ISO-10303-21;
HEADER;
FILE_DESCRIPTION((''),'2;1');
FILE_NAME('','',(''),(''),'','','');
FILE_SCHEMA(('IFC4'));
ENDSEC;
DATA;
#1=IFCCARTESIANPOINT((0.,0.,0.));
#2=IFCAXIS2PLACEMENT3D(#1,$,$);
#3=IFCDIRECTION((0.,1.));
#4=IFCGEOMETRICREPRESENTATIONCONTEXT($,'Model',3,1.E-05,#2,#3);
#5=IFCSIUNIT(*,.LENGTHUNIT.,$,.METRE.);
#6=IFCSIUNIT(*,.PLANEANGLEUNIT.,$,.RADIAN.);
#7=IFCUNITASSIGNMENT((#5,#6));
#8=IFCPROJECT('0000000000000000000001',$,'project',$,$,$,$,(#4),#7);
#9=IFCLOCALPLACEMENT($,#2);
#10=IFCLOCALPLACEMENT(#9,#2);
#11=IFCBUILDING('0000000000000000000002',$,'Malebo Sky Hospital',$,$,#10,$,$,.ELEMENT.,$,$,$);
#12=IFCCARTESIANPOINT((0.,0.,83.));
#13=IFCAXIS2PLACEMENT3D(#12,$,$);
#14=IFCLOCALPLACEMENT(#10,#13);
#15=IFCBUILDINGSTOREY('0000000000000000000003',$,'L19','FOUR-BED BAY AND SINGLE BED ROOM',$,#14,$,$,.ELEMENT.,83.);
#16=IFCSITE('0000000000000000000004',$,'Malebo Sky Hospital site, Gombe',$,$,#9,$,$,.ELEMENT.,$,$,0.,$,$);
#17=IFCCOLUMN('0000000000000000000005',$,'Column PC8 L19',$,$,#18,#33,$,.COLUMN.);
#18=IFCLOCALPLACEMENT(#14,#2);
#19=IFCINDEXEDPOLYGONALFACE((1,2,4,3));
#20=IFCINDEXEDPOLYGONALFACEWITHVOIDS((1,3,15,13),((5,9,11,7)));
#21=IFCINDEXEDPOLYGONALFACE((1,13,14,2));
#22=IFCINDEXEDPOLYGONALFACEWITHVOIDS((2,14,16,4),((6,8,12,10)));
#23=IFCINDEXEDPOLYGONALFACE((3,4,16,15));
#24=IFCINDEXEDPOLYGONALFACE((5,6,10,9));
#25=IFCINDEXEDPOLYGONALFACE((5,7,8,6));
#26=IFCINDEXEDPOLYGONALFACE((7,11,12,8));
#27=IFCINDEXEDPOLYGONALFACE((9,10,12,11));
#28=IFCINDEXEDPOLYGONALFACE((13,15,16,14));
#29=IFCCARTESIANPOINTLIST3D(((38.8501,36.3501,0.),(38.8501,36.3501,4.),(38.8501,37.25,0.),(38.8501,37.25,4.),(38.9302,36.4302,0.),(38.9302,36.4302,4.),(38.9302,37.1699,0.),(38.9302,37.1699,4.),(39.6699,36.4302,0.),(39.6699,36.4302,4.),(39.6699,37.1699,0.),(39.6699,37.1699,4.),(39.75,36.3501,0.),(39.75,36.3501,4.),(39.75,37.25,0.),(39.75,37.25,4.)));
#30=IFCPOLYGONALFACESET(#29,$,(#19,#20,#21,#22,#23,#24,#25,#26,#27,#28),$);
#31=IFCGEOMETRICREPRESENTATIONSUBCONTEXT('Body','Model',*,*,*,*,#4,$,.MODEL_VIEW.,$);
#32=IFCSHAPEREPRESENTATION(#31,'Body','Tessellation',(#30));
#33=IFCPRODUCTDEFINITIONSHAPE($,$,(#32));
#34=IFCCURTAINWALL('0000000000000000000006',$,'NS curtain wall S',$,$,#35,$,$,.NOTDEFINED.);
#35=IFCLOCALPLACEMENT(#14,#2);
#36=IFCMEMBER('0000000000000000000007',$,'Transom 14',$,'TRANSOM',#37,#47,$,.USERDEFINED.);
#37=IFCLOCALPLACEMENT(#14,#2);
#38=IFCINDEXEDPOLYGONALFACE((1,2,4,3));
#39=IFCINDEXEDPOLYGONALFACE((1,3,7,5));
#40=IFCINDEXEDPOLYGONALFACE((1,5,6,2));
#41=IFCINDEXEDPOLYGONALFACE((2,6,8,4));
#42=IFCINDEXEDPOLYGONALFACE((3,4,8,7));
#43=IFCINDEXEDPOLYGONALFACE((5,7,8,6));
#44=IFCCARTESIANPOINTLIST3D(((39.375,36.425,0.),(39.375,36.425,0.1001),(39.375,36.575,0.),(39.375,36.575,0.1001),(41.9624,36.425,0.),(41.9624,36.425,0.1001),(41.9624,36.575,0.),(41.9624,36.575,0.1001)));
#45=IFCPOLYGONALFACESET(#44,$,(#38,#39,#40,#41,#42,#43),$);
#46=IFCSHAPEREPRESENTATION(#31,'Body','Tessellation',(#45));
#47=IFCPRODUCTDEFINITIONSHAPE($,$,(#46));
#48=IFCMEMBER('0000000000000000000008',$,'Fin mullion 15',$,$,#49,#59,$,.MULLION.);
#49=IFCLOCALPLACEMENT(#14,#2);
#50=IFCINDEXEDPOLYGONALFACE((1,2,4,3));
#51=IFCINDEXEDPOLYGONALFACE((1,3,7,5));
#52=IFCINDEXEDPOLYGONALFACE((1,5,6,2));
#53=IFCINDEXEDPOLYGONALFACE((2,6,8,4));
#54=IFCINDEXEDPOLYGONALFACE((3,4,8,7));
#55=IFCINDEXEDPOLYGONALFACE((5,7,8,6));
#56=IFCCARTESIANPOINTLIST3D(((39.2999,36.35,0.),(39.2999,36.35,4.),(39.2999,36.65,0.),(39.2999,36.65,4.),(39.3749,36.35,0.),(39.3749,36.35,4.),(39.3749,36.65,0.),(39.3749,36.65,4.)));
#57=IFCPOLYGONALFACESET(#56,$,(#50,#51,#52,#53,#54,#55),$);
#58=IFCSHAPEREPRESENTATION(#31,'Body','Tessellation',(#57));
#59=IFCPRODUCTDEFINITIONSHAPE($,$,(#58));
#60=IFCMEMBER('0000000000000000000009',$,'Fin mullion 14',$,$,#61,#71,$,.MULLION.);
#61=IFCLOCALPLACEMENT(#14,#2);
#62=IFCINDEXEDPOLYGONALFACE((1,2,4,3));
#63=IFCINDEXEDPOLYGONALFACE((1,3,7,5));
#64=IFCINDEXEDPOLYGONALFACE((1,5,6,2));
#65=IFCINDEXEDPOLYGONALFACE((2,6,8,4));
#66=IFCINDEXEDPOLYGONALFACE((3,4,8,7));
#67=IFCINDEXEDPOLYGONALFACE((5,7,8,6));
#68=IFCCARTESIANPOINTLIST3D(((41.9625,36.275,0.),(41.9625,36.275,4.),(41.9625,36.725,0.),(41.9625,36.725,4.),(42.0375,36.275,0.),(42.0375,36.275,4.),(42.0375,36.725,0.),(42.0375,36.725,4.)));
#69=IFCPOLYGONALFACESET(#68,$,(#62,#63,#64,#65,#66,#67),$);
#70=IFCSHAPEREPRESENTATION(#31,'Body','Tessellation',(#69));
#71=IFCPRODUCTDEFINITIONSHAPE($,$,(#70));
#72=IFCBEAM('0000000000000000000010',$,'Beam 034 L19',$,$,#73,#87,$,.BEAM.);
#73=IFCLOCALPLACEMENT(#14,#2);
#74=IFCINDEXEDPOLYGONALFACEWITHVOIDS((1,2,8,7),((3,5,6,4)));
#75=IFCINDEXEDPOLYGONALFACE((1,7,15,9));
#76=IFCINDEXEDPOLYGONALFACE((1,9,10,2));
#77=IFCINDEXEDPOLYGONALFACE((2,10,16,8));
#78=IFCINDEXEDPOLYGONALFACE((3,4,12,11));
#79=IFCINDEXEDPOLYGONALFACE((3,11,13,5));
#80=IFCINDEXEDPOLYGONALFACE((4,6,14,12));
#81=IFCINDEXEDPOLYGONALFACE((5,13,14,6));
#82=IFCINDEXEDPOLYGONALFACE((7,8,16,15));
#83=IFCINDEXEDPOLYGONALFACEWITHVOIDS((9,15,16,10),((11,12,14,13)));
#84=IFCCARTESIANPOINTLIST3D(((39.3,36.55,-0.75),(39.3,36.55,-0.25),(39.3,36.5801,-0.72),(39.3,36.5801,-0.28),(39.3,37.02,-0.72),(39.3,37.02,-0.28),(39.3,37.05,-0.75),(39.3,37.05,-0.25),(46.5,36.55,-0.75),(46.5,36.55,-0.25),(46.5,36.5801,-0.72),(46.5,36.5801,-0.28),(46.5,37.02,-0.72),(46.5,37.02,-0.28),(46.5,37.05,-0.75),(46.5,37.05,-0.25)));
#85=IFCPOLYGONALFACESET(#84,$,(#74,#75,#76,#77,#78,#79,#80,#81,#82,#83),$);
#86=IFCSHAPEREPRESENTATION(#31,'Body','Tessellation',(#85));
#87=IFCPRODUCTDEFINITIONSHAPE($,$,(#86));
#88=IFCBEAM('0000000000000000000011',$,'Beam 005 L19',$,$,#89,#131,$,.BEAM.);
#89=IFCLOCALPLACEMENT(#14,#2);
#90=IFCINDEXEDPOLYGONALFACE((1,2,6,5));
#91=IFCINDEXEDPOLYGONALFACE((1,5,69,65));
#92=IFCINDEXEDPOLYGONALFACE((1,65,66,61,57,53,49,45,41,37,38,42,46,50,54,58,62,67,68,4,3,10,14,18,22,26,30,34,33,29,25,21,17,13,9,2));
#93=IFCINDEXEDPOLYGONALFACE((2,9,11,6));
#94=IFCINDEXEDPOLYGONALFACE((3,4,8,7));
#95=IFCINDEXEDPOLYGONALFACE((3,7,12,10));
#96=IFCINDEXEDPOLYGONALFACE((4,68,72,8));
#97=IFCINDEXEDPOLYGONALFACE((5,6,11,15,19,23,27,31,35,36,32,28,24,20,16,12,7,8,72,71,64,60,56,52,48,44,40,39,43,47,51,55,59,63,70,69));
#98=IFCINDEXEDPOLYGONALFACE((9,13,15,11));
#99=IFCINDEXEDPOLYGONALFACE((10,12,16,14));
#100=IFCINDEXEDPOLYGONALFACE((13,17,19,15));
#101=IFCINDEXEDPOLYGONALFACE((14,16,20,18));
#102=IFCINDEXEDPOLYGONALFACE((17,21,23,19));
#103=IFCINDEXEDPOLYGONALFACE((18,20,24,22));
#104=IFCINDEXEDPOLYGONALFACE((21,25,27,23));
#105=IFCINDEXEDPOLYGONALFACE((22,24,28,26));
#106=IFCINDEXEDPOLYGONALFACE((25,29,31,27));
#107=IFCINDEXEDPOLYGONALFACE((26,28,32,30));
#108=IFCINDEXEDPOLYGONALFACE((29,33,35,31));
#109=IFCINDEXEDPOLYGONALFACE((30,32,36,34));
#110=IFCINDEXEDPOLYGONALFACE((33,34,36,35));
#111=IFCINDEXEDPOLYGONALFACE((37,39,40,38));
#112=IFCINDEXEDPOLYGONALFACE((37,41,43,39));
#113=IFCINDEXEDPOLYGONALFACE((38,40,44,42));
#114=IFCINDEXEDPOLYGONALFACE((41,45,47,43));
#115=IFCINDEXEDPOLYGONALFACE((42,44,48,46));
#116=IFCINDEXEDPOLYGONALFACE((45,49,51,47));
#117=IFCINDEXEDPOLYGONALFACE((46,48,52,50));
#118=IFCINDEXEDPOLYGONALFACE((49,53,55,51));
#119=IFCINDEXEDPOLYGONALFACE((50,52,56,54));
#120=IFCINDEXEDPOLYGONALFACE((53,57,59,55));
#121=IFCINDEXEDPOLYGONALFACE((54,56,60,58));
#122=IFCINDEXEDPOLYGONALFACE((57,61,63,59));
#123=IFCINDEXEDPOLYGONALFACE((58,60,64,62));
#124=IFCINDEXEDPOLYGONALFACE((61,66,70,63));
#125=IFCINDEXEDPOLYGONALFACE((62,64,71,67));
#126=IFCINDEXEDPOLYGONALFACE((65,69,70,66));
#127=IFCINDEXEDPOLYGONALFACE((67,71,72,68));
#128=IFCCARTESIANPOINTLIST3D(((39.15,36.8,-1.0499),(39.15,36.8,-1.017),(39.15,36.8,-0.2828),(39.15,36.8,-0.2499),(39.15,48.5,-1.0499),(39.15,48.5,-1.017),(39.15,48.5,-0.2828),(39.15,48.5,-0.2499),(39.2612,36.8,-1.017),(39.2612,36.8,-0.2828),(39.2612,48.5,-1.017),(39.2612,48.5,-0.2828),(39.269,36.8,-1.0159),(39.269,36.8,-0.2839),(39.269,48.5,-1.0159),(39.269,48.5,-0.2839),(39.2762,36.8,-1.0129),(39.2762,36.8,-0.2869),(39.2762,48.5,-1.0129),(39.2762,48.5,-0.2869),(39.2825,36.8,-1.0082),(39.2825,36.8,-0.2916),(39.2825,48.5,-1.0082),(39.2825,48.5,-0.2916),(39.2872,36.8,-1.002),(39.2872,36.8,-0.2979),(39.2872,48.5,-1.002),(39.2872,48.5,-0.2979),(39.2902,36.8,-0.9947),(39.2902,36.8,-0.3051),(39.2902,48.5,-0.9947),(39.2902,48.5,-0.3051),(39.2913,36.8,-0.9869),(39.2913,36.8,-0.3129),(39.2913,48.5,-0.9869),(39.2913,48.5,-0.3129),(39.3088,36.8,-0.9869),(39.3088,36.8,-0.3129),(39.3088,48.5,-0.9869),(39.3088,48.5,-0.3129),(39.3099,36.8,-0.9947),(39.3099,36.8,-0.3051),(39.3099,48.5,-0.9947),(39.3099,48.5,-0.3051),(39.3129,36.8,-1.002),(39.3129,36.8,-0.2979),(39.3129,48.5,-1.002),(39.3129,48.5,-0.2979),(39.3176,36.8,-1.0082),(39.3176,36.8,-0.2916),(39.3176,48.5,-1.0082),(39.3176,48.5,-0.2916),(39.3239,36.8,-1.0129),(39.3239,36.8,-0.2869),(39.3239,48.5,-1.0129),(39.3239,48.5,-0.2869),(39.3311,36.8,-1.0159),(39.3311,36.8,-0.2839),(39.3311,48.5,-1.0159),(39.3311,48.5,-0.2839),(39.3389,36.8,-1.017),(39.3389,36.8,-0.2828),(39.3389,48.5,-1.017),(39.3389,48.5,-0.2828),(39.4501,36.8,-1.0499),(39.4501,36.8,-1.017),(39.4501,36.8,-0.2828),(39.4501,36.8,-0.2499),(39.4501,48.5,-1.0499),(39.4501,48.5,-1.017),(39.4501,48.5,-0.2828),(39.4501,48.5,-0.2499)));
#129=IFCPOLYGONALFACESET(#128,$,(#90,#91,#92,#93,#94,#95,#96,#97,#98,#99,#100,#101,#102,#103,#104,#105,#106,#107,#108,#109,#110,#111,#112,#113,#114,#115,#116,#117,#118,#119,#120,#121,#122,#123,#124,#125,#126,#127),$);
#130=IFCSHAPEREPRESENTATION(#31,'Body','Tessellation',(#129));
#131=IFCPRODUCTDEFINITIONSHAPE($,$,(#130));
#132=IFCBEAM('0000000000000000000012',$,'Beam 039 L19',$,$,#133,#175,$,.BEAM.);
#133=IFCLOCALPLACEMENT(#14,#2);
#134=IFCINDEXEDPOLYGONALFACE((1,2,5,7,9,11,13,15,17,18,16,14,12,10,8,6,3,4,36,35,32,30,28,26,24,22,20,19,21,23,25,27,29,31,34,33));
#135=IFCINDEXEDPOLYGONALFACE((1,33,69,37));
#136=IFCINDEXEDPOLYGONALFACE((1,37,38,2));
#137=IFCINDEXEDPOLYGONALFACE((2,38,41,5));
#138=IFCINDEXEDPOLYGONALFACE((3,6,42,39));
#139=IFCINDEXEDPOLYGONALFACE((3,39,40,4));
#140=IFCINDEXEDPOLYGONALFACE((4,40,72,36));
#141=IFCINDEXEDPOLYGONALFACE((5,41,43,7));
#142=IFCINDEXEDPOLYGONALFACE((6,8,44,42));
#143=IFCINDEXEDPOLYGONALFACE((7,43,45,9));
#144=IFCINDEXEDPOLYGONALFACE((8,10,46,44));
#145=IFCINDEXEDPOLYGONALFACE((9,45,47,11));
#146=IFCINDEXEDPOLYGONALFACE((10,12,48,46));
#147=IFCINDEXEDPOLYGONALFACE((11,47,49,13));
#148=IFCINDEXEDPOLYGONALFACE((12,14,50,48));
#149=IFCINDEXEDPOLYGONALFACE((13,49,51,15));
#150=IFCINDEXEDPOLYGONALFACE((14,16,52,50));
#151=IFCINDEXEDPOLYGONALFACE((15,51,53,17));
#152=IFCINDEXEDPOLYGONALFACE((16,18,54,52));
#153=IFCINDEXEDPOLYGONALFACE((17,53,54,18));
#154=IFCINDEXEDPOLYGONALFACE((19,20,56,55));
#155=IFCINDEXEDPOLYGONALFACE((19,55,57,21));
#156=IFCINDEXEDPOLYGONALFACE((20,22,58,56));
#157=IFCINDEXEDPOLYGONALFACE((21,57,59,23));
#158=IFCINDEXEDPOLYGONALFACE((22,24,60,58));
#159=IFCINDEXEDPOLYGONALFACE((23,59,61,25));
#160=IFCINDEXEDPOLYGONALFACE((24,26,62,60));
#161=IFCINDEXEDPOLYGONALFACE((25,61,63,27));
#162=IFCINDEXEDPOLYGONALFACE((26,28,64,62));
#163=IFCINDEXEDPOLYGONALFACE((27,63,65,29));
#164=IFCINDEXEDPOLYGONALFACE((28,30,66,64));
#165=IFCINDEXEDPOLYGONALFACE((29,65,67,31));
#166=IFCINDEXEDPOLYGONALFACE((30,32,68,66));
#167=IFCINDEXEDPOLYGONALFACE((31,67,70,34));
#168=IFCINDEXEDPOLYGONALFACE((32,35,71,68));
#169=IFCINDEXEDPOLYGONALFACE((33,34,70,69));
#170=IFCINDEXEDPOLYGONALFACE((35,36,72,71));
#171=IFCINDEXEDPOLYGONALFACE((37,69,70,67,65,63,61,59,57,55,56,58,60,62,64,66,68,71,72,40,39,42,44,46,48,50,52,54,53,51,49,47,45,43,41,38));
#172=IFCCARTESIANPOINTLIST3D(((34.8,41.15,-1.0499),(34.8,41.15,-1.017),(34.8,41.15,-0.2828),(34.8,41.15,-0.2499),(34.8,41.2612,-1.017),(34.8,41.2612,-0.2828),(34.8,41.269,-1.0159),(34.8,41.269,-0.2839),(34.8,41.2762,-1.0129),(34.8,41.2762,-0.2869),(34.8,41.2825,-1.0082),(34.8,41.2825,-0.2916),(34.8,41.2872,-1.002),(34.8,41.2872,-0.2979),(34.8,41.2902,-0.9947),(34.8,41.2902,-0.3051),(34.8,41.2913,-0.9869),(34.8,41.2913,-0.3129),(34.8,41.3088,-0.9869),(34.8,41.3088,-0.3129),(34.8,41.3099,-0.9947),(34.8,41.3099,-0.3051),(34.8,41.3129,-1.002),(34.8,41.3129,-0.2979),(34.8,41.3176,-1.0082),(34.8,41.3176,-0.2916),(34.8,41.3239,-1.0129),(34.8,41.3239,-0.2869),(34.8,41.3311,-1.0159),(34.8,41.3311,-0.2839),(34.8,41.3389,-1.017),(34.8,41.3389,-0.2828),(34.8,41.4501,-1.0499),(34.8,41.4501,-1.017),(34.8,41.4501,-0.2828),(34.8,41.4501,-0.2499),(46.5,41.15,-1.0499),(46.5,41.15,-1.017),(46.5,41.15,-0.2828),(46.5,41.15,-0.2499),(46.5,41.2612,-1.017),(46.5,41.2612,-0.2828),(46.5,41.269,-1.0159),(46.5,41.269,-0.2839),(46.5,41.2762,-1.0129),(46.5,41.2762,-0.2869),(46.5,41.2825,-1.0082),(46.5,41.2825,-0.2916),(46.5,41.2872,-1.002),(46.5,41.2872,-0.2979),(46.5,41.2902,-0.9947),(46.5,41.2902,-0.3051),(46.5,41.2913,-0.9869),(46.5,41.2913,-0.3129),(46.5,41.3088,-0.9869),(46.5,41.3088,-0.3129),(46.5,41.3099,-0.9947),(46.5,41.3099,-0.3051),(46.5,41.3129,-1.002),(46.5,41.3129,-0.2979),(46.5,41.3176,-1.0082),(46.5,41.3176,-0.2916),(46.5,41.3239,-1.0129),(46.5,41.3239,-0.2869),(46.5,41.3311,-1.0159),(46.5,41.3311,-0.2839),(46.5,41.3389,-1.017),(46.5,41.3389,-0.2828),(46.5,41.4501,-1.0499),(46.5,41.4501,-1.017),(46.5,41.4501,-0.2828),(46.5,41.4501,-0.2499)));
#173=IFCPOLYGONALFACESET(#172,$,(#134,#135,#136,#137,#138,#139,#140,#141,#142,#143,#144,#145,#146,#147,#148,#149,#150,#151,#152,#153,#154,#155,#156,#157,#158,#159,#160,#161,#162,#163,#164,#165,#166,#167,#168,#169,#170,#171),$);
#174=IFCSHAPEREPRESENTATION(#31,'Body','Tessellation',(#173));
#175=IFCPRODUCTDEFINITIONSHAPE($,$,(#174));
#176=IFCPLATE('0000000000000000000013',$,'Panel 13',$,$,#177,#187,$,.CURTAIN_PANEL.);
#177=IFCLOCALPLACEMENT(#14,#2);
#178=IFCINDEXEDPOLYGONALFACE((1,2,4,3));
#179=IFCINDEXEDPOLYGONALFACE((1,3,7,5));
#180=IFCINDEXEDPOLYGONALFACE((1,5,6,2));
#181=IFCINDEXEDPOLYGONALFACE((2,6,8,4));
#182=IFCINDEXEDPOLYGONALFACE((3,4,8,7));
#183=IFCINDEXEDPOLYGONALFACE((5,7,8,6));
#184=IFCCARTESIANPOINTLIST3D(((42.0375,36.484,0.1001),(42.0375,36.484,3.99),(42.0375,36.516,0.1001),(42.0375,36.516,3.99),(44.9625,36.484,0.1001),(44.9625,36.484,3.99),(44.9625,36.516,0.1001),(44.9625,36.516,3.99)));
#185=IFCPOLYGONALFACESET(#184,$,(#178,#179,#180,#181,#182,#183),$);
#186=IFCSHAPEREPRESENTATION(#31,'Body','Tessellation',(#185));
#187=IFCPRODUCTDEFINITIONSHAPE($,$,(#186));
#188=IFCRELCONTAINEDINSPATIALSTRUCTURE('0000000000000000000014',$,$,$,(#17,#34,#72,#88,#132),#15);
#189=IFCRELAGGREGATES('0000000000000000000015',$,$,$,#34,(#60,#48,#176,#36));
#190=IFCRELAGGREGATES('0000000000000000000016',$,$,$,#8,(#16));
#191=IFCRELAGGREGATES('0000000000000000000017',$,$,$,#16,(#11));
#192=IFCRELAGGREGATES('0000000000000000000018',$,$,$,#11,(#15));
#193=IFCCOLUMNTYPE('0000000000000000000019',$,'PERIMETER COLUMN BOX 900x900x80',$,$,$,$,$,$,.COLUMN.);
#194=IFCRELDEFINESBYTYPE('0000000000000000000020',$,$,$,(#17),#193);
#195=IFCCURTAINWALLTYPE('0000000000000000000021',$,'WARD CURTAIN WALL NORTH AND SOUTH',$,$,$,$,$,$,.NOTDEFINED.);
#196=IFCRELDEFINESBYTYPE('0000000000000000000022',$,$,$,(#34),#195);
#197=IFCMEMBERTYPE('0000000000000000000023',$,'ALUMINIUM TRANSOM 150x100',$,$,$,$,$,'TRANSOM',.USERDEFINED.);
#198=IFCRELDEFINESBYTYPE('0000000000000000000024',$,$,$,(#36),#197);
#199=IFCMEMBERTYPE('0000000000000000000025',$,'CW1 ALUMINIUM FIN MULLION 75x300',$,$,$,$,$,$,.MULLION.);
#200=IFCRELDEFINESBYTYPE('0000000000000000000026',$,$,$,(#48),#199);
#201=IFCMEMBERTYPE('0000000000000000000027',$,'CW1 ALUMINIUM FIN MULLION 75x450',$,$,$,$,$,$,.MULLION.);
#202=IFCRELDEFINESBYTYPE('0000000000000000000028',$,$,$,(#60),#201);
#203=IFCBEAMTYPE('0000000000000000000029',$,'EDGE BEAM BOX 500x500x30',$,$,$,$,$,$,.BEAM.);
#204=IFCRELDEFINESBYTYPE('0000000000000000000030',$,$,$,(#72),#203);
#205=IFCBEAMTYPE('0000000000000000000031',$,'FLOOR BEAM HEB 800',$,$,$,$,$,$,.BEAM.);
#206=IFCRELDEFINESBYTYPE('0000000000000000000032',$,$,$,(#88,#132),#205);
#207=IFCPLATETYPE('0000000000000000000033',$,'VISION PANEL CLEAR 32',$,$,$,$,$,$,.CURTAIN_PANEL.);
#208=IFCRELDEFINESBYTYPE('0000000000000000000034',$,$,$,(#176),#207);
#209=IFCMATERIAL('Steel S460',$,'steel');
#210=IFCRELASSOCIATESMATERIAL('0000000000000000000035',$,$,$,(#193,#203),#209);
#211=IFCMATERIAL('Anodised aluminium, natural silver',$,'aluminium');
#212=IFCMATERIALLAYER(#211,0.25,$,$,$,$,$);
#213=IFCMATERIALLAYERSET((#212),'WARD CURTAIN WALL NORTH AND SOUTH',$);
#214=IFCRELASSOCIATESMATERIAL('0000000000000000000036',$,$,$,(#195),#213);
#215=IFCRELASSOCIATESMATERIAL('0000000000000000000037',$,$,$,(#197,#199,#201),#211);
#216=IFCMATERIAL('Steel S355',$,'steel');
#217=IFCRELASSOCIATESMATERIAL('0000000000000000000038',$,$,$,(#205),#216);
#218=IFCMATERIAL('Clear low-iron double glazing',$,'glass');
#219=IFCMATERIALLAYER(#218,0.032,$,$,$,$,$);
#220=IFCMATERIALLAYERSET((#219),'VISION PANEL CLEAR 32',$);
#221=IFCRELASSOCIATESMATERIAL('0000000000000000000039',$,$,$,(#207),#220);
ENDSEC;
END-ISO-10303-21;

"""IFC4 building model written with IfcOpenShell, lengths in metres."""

from ifc_helpers import new_model, si_unit, direction, frame, origin, origin_2d, place, context, subcontext, project, spatial, rectangle, hollow_rectangle, i_section, extrude, material, layer, layer_set, material_profile, profile_set, type_object, element, aggregate, save


model = new_model("IFC4")

# Units and contexts
model_context = context("Model", 3, precision=1e-05, world=origin(), true_north=direction((0.0, 1.0)))
body_context = subcontext(model_context, "Body", "Model", "MODEL_VIEW")
ifc_project = project(units=[si_unit("LENGTHUNIT", "METRE"), si_unit("PLANEANGLEUNIT", "RADIAN")], contexts=[model_context])

# Site, building, storey
site_placement = place(None, origin())
site = spatial("IfcSite", under=ifc_project, at=site_placement, Name="Malebo Sky Hospital site, Gombe", CompositionType="ELEMENT", RefElevation=0.0)
building_placement = place(site_placement, origin())
building = spatial("IfcBuilding", under=site, at=building_placement, Name="Malebo Sky Hospital", CompositionType="ELEMENT")
storey_placement = place(building_placement, frame((0.0, 0.0, 83.0)))
storey = spatial("IfcBuildingStorey", under=building, at=storey_placement, Name="L19", Description="FOUR-BED BAY AND SINGLE BED ROOM", CompositionType="ELEMENT", Elevation=83.0)

# Column
ifc_material_1 = material(Name="Steel S460", Category="steel")
ifc_material_profile_1 = material_profile(ifc_material_1, hollow_rectangle(XDim=0.8999, YDim=0.8999, WallThickness=0.0801, at=origin_2d()), Name="BOX 900x900x80")
ifc_profile_set_1 = profile_set([ifc_material_profile_1], Name="Steel S460")
column_type = type_object("IfcColumnType", Name="PERIMETER COLUMN BOX 900x900x80", PredefinedType="COLUMN", material=ifc_profile_set_1)
column_placement = place(storey_placement, frame((39.3, 36.8, 0.0), z_axis=(0.0, 0.0, 1.0), x_axis=(1.0, 0.0, 0.0)))
element("IfcColumn", 1, at=column_placement, inside=storey, type_object=column_type, Name="Column PC8 L19", PredefinedType="COLUMN", context=body_context, shape_type="SweptSolid", body=[
    extrude(hollow_rectangle(XDim=0.8999, YDim=0.8999, WallThickness=0.0801, at=origin_2d()), origin(), (0.0, 0.0, 1.0), 4.0),
])

# Curtain wall, members
ifc_material_2 = material(Name="Anodised aluminium, natural silver", Category="aluminium")
ifc_layer_1 = layer(ifc_material_2, 0.25)
ifc_layer_set_1 = layer_set([ifc_layer_1], Name="WARD CURTAIN WALL NORTH AND SOUTH")
curtain_wall_type = type_object("IfcCurtainWallType", Name="WARD CURTAIN WALL NORTH AND SOUTH", PredefinedType="NOTDEFINED", material=ifc_layer_set_1)
curtain_wall_placement = place(storey_placement, origin())
curtain_wall = element("IfcCurtainWall", 2, at=curtain_wall_placement, inside=storey, type_object=curtain_wall_type, Name="NS curtain wall S", PredefinedType="NOTDEFINED")
ifc_material_profile_2 = material_profile(ifc_material_2, rectangle(XDim=0.1499, YDim=0.1001, at=origin_2d()), Name="ALUMINIUM TRANSOM 150x100")
ifc_profile_set_2 = profile_set([ifc_material_profile_2], Name="Anodised aluminium, natural silver")
member_type_1 = type_object("IfcMemberType", Name="ALUMINIUM TRANSOM 150x100", ElementType="TRANSOM", PredefinedType="USERDEFINED", material=ifc_profile_set_2)
member_1_placement = place(storey_placement, frame((41.9624, 36.5, 0.05), z_axis=(-1.0, 0.0, 0.0), x_axis=(0.0, -1.0, 0.0)))
member_1 = element("IfcMember", 3, at=member_1_placement, type_object=member_type_1, Name="Transom 14", ObjectType="TRANSOM", PredefinedType="USERDEFINED", context=body_context, shape_type="SweptSolid", body=[
    extrude(rectangle(XDim=0.1499, YDim=0.1001, at=origin_2d()), origin(), (0.0, 0.0, 1.0), 2.5874),
])
ifc_material_profile_3 = material_profile(ifc_material_2, rectangle(XDim=0.075, YDim=0.3, at=origin_2d()), Name="CW1 ALUMINIUM FIN MULLION 75x300")
ifc_profile_set_3 = profile_set([ifc_material_profile_3], Name="Anodised aluminium, natural silver")
member_type_2 = type_object("IfcMemberType", Name="CW1 ALUMINIUM FIN MULLION 75x300", PredefinedType="MULLION", material=ifc_profile_set_3)
member_2_placement = place(storey_placement, frame((39.3374, 36.5, 0.0), z_axis=(0.0, 0.0, 1.0), x_axis=(-1.0, 0.0, 0.0)))
member_2 = element("IfcMember", 4, at=member_2_placement, type_object=member_type_2, Name="Fin mullion 15", PredefinedType="MULLION", context=body_context, shape_type="SweptSolid", body=[
    extrude(rectangle(XDim=0.075, YDim=0.3, at=origin_2d()), origin(), (0.0, 0.0, 1.0), 4.0),
])
ifc_material_profile_4 = material_profile(ifc_material_2, rectangle(XDim=0.075, YDim=0.45, at=origin_2d()), Name="CW1 ALUMINIUM FIN MULLION 75x450")
ifc_profile_set_4 = profile_set([ifc_material_profile_4], Name="Anodised aluminium, natural silver")
member_type_3 = type_object("IfcMemberType", Name="CW1 ALUMINIUM FIN MULLION 75x450", PredefinedType="MULLION", material=ifc_profile_set_4)
member_3_placement = place(storey_placement, frame((42.0, 36.5, 0.0), z_axis=(0.0, 0.0, 1.0), x_axis=(-1.0, 0.0, 0.0)))
member_3 = element("IfcMember", 5, at=member_3_placement, type_object=member_type_3, Name="Fin mullion 14", PredefinedType="MULLION", context=body_context, shape_type="SweptSolid", body=[
    extrude(rectangle(XDim=0.075, YDim=0.45, at=origin_2d()), origin(), (0.0, 0.0, 1.0), 4.0),
])

# Beams
ifc_material_profile_5 = material_profile(ifc_material_1, hollow_rectangle(XDim=0.5, YDim=0.5, WallThickness=0.03, at=origin_2d()), Name="BOX 500x500x30")
ifc_profile_set_5 = profile_set([ifc_material_profile_5], Name="Steel S460")
beam_type_1 = type_object("IfcBeamType", Name="EDGE BEAM BOX 500x500x30", PredefinedType="BEAM", material=ifc_profile_set_5)
beam_placement = place(storey_placement, frame((39.3, 36.8, -0.5), z_axis=(1.0, 0.0, 0.0), x_axis=(0.0, 1.0, 0.0)))
element("IfcBeam", 6, at=beam_placement, inside=storey, type_object=beam_type_1, Name="Beam 034 L19", PredefinedType="BEAM", context=body_context, shape_type="SweptSolid", body=[
    extrude(hollow_rectangle(XDim=0.5, YDim=0.5, WallThickness=0.03, at=origin_2d()), origin(), (0.0, 0.0, 1.0), 7.2),
])
ifc_material_3 = material(Name="Steel S355", Category="steel")
ifc_material_profile_6 = material_profile(ifc_material_3, i_section(OverallWidth=0.3, OverallDepth=0.8, WebThickness=0.0176, FlangeThickness=0.033, FilletRadius=0.03, at=origin_2d()), Name="HEB 800")
ifc_profile_set_6 = profile_set([ifc_material_profile_6], Name="Steel S355")
beam_type_2 = type_object("IfcBeamType", Name="FLOOR BEAM HEB 800", PredefinedType="BEAM", material=ifc_profile_set_6)
for number, where, z_axis, x_axis, name in (
    (7, (39.3, 36.8, -0.6499), (0.0, 1.0, 0.0), (-1.0, 0.0, 0.0), "Beam 005 L19"),
    (8, (34.8, 41.3, -0.6499), (1.0, 0.0, 0.0), (0.0, 1.0, 0.0), "Beam 039 L19"),
):
    element("IfcBeam", number, at=place(storey_placement, frame(where, z_axis=z_axis, x_axis=x_axis)), inside=storey, type_object=beam_type_2, Name=name, PredefinedType="BEAM", context=body_context, shape_type="SweptSolid", body=[
        extrude(i_section(OverallWidth=0.3, OverallDepth=0.8, WebThickness=0.0176, FlangeThickness=0.033, FilletRadius=0.03, at=origin_2d()), origin(), (0.0, 0.0, 1.0), 11.7),
    ])

# Plate
ifc_material_4 = material(Name="Clear low-iron double glazing", Category="glass")
ifc_layer_2 = layer(ifc_material_4, 0.032)
ifc_layer_set_2 = layer_set([ifc_layer_2], Name="VISION PANEL CLEAR 32")
plate_type = type_object("IfcPlateType", Name="VISION PANEL CLEAR 32", PredefinedType="CURTAIN_PANEL", material=ifc_layer_set_2)
plate_1_placement = place(storey_placement, frame((43.5, 36.5, 0.1001), z_axis=(0.0, 0.0, 1.0), x_axis=(-1.0, 0.0, 0.0)))
plate_1 = element("IfcPlate", 9, at=plate_1_placement, type_object=plate_type, Name="Panel 13", PredefinedType="CURTAIN_PANEL", context=body_context, shape_type="SweptSolid", body=[
    extrude(rectangle(XDim=2.925, YDim=0.032, at=origin_2d()), origin(), (0.0, 0.0, 1.0), 3.8899),
])
aggregate(curtain_wall, [member_3, member_2, plate_1, member_1])

save(model, "model.ifc")
